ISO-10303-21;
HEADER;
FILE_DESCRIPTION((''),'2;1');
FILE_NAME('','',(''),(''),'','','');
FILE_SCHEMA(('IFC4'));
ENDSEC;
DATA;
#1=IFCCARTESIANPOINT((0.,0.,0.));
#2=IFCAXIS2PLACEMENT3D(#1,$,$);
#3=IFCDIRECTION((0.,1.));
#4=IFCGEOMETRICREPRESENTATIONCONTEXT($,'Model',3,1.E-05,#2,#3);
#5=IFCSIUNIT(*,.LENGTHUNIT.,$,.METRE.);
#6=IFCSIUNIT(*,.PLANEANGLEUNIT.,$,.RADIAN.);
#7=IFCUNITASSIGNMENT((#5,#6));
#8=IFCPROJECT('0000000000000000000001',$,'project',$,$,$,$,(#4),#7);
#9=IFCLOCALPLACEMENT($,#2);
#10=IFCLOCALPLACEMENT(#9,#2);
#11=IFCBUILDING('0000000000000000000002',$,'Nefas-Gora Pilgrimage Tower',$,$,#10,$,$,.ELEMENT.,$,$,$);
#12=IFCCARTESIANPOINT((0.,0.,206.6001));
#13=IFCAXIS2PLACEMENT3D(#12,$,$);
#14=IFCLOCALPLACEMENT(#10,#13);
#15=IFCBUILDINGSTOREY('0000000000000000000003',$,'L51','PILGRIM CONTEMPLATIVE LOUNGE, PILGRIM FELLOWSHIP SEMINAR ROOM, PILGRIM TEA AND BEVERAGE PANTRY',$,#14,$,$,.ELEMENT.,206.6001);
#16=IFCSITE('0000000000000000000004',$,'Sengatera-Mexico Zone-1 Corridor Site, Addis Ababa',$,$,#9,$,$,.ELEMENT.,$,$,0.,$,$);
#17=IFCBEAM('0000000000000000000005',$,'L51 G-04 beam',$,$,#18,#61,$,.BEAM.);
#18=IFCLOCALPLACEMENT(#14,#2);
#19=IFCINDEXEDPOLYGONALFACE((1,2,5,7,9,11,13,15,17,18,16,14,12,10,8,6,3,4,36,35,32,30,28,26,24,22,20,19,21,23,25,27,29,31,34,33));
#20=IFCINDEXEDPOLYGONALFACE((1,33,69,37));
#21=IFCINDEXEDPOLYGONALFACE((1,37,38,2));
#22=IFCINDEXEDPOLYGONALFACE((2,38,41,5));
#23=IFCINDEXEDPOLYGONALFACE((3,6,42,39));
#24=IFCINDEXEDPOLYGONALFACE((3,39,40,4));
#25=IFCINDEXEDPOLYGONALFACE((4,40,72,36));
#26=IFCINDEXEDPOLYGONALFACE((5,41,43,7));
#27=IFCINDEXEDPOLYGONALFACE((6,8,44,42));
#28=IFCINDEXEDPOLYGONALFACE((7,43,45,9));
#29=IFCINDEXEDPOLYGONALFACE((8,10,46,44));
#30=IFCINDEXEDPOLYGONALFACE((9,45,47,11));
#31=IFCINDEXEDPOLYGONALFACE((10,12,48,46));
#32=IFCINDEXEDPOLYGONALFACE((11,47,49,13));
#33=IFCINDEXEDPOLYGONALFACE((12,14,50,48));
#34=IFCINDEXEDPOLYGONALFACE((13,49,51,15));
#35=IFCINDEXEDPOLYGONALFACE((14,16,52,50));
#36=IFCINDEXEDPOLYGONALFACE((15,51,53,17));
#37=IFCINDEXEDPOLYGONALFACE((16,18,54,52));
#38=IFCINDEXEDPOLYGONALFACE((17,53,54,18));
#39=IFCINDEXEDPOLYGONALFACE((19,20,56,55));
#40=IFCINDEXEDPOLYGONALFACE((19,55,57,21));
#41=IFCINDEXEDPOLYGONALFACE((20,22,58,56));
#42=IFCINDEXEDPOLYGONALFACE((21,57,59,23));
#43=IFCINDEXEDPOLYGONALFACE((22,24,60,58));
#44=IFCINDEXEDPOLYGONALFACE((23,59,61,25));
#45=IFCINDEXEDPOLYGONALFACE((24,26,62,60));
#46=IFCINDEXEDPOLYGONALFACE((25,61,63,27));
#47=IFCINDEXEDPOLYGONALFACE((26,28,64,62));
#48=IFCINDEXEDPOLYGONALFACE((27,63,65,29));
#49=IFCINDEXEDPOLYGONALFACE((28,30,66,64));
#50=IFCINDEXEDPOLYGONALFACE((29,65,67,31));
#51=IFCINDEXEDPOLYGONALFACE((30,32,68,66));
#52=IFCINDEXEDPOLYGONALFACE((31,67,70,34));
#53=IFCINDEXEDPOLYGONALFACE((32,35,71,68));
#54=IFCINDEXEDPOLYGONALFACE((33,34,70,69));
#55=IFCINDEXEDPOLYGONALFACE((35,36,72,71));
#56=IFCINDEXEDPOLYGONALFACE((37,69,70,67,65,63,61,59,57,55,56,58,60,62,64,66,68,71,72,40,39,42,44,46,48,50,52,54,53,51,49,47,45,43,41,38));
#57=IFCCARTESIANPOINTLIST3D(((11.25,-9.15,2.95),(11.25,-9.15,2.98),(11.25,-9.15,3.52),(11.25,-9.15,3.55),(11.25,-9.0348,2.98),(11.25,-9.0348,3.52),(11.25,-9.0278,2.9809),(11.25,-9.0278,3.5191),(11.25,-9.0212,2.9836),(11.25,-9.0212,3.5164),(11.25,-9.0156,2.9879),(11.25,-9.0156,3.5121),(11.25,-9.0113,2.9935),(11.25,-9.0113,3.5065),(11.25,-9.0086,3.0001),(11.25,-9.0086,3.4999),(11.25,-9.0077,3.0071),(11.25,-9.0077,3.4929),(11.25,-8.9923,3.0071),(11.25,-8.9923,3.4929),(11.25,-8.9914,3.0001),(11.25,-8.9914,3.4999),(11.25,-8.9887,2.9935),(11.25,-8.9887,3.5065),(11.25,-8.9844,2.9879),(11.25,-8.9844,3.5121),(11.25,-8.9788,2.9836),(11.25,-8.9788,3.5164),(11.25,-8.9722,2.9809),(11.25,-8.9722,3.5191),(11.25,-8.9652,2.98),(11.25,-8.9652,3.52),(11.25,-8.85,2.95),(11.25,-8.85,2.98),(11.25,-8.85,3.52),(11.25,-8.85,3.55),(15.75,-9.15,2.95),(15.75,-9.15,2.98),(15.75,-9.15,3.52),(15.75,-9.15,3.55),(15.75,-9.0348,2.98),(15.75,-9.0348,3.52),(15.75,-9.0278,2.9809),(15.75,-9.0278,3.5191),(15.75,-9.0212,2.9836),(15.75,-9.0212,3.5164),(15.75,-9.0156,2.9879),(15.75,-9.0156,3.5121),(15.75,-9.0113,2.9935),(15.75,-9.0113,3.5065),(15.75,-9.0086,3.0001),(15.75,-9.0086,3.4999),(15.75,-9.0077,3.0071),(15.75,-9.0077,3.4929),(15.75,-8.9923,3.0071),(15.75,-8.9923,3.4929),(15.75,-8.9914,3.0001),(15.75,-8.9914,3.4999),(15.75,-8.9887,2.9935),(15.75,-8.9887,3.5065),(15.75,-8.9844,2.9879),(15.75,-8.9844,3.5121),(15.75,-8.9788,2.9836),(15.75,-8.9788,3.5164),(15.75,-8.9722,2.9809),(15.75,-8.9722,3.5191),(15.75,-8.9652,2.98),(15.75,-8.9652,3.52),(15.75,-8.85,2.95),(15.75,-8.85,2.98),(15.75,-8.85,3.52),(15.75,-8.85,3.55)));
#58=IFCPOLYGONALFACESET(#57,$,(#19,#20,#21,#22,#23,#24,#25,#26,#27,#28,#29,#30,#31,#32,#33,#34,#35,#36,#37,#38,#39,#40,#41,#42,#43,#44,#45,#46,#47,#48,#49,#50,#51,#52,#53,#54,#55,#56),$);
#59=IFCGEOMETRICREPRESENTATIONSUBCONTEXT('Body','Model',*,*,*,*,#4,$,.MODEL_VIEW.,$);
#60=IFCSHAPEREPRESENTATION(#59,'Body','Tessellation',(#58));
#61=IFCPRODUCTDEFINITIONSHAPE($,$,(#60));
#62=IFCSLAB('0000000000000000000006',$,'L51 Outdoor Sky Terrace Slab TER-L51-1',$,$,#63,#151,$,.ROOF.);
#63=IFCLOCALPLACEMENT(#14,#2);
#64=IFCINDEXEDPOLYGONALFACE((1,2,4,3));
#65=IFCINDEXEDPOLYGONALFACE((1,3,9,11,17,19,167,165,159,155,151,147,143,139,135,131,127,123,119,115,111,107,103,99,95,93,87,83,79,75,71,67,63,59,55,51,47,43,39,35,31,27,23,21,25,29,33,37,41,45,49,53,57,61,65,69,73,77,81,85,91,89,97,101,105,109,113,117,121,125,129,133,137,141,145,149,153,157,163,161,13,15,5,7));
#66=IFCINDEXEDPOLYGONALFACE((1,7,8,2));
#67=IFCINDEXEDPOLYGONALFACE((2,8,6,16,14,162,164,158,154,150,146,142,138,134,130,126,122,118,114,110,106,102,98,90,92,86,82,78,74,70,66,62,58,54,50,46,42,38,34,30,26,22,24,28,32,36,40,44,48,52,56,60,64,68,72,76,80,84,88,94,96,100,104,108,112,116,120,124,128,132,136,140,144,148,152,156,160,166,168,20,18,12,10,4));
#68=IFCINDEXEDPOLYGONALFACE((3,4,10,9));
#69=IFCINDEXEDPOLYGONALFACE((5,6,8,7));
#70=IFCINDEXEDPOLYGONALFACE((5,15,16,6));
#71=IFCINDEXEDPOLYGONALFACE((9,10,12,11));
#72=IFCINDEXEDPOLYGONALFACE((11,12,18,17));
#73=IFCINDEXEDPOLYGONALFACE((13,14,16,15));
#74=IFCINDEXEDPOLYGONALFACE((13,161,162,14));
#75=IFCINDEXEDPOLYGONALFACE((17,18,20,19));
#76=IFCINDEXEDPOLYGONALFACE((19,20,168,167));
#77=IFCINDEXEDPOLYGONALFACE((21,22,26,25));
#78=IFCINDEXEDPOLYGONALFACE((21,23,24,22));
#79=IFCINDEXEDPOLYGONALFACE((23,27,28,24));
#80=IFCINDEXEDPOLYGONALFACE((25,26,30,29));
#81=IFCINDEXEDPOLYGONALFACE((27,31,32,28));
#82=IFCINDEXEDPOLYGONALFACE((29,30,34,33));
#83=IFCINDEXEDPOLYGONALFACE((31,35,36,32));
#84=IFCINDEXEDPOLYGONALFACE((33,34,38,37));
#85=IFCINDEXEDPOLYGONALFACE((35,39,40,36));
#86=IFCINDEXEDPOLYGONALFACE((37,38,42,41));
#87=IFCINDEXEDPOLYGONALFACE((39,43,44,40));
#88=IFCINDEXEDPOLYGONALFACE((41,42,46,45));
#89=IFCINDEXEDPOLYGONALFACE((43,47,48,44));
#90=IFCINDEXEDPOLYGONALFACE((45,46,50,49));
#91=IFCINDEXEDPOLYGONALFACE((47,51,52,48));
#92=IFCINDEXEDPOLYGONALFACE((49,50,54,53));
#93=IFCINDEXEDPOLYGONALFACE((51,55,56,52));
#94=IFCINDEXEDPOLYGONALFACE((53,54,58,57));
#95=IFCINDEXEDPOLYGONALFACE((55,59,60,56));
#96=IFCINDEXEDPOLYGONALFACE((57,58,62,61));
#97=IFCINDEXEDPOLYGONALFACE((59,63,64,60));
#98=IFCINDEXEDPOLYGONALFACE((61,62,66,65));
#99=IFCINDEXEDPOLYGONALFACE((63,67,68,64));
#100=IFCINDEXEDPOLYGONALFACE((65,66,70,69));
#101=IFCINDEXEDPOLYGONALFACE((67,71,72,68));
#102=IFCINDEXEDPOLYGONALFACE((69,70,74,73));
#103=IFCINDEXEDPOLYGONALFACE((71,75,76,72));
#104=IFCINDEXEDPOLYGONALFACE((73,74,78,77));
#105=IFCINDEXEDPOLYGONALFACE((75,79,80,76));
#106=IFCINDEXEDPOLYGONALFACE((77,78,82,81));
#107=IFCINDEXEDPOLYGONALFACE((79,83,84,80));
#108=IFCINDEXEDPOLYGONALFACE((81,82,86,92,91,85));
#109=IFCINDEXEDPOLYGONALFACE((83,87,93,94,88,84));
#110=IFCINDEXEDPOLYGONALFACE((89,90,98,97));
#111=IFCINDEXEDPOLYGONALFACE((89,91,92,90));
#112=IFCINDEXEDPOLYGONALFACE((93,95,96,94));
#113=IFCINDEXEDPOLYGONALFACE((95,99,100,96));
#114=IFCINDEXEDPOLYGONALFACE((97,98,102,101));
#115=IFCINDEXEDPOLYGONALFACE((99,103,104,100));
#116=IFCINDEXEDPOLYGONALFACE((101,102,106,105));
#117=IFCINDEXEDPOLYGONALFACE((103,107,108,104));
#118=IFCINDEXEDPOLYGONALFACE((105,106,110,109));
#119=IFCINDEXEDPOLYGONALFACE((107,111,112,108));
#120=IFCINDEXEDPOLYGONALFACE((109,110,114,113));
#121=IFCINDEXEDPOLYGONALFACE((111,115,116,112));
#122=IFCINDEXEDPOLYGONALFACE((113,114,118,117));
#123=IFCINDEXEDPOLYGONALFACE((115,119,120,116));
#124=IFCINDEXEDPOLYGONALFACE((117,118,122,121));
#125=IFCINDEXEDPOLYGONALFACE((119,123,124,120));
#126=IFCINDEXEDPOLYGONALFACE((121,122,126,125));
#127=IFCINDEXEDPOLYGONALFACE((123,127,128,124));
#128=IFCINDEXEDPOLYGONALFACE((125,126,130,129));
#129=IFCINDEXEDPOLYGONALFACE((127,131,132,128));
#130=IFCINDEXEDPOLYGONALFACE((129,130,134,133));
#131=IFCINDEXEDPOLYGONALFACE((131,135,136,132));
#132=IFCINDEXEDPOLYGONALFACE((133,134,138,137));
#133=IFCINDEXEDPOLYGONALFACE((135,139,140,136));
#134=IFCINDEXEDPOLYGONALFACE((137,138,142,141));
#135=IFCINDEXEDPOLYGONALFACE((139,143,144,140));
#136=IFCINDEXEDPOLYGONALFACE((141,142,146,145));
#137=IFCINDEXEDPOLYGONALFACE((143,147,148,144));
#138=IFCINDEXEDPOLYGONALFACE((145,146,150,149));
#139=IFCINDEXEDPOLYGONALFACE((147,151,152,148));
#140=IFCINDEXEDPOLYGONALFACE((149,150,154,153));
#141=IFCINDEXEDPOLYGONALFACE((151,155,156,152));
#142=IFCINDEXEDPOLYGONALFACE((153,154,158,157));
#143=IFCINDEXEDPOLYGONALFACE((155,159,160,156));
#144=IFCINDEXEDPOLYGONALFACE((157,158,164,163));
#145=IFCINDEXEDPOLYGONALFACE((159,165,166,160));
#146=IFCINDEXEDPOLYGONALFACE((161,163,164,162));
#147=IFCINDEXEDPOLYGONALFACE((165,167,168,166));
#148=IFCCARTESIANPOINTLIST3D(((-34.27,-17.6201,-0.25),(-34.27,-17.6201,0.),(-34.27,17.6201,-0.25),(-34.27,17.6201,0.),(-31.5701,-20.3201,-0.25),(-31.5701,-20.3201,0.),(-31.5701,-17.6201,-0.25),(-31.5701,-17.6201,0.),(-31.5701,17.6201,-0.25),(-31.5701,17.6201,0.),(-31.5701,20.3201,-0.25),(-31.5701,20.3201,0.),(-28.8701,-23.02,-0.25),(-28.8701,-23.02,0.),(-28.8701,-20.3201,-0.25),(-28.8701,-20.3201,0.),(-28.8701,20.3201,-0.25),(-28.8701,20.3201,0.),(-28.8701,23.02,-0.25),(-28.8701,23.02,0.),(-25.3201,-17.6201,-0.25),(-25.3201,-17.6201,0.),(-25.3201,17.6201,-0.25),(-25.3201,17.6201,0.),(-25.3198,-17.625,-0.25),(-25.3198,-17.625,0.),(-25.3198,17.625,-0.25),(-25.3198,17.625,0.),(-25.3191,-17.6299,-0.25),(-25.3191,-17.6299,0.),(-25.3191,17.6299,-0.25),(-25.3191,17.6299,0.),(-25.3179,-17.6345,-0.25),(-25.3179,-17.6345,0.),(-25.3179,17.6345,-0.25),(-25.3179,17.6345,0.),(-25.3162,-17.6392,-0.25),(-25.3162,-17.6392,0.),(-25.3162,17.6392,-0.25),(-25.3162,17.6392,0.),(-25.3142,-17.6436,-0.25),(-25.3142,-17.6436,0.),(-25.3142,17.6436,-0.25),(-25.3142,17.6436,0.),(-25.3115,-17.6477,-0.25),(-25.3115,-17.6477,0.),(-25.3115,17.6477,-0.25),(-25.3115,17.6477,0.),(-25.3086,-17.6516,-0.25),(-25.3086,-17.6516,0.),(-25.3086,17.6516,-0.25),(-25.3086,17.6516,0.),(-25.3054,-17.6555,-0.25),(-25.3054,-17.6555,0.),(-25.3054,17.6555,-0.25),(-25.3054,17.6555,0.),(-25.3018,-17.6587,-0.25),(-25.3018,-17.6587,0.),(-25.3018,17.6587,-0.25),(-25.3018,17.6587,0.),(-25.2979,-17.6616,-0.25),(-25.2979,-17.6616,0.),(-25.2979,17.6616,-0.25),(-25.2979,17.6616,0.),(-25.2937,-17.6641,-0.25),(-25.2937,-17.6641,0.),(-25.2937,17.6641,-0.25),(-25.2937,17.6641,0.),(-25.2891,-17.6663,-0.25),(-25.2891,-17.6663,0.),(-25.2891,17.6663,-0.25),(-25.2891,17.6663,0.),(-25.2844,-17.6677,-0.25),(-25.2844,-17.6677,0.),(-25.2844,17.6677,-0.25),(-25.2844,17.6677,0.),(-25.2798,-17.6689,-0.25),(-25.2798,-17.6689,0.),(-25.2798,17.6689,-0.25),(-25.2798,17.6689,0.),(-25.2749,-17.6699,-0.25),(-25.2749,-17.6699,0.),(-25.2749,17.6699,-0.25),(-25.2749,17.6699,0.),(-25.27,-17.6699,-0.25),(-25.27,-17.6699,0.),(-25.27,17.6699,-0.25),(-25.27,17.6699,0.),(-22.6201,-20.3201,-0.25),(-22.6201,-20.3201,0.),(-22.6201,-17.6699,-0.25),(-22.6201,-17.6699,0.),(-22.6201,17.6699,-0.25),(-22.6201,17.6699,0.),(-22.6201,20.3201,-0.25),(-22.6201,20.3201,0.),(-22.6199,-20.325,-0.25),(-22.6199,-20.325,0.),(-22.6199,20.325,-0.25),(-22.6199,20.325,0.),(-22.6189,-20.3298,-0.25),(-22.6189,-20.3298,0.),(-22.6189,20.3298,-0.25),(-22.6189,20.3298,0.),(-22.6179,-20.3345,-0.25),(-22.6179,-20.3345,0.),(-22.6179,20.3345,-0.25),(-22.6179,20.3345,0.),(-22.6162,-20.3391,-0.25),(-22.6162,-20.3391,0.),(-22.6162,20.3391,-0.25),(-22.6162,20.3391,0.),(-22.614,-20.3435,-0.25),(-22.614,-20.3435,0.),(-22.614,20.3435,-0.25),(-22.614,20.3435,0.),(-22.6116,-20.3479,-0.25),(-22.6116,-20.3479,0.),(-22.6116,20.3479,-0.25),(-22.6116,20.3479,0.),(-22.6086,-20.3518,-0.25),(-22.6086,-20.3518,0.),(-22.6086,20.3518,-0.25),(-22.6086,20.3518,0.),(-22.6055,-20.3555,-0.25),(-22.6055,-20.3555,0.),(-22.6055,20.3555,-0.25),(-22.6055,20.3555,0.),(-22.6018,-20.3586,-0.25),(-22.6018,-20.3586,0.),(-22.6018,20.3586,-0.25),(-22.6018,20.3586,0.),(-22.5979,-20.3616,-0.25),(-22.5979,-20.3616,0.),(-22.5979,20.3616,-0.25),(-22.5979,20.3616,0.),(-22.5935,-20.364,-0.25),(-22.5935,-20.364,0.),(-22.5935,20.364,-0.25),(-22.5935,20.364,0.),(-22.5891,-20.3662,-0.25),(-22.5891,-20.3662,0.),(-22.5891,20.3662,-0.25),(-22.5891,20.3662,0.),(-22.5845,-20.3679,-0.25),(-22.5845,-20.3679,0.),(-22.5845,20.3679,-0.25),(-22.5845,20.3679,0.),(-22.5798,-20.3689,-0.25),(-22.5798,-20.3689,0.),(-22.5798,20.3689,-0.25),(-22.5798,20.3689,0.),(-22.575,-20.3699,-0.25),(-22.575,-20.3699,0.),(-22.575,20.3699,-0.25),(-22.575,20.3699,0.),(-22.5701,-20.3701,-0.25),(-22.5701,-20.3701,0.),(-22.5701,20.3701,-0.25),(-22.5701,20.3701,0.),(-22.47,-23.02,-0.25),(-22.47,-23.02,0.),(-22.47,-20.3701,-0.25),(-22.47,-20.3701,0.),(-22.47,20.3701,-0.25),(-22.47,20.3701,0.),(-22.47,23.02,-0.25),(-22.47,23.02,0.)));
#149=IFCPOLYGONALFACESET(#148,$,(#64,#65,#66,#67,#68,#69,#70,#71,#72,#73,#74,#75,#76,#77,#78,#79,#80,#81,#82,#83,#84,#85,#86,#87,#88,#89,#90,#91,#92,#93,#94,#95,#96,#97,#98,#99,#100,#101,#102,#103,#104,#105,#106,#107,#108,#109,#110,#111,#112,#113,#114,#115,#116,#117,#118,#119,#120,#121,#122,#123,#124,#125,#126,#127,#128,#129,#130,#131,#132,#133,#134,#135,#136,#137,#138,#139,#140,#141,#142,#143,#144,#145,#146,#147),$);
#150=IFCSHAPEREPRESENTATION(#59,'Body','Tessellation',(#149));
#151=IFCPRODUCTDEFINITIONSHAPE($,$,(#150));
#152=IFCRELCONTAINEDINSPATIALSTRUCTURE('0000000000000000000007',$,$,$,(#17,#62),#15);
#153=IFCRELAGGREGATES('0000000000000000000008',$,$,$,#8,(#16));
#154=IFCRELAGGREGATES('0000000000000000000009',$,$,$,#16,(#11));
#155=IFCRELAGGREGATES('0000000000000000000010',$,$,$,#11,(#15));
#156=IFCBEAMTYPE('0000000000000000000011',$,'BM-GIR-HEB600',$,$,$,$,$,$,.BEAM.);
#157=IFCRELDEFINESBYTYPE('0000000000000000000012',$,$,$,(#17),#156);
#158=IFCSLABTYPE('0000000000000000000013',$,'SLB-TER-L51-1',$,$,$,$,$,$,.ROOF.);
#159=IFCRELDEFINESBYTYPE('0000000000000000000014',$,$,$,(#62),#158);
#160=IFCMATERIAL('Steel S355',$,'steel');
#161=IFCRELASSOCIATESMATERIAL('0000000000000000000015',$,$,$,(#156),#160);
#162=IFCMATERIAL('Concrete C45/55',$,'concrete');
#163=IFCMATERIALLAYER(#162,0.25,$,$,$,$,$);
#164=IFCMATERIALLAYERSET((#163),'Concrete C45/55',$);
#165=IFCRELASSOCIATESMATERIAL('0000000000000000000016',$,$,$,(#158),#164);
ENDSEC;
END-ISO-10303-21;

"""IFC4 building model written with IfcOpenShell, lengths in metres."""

from ifc_helpers import new_model, si_unit, direction, frame, origin, origin_2d, place, context, subcontext, project, spatial, polyline, i_section, outline, extrude, source, transform, mapped, material, layer, layer_set, material_profile, profile_set, type_object, element, save


model = new_model("IFC4")

# Units and contexts
model_context = context("Model", 3, precision=1e-05, world=origin(), true_north=direction((0.0, 1.0)))
body_context = subcontext(model_context, "Body", "Model", "MODEL_VIEW")
ifc_project = project(units=[si_unit("LENGTHUNIT", "METRE"), si_unit("PLANEANGLEUNIT", "RADIAN")], contexts=[model_context])

# Site, building, storey
site_placement = place(None, origin())
site = spatial("IfcSite", under=ifc_project, at=site_placement, Name="Sengatera-Mexico Zone-1 Corridor Site, Addis Ababa", CompositionType="ELEMENT", RefElevation=0.0)
building_placement = place(site_placement, origin())
building = spatial("IfcBuilding", under=site, at=building_placement, Name="Nefas-Gora Pilgrimage Tower", CompositionType="ELEMENT")
storey_placement = place(building_placement, frame((0.0, 0.0, 206.6001)))
storey = spatial("IfcBuildingStorey", under=building, at=storey_placement, Name="L51", Description="PILGRIM CONTEMPLATIVE LOUNGE, PILGRIM FELLOWSHIP SEMINAR ROOM, PILGRIM TEA AND BEVERAGE PANTRY", CompositionType="ELEMENT", Elevation=206.6001)

# Beam
ifc_material_1 = material(Name="Steel S355", Category="steel")
ifc_material_profile = material_profile(ifc_material_1, i_section(OverallWidth=0.3, OverallDepth=0.6001, WebThickness=0.0154, FlangeThickness=0.03, FilletRadius=0.0271, at=origin_2d()), Name="HEB 600")
ifc_profile_set = profile_set([ifc_material_profile], Name="Steel S355")
beam_type = type_object("IfcBeamType", Name="BM-GIR-HEB600", PredefinedType="BEAM", material=ifc_profile_set)
shared_shape_1 = source(origin(), body_context, "Body", "SweptSolid", [
    extrude(i_section(OverallWidth=0.3, OverallDepth=0.6001, WebThickness=0.0154, FlangeThickness=0.03, FilletRadius=0.0271, at=origin_2d()), origin(), (0.0, 0.0, 1.0), 4.5),
])
beam_placement = place(storey_placement, frame((11.25, -9.0, 3.25), z_axis=(1.0, 0.0, 0.0), x_axis=(0.0, 1.0, 0.0)))
element("IfcBeam", 1, at=beam_placement, inside=storey, type_object=beam_type, Name="L51 G-04 beam", PredefinedType="BEAM", context=body_context, shape_type="MappedRepresentation", body=[
    mapped(shared_shape_1, transform((0.0, 0.0, 0.0), x_axis=(1.0, 0.0, 0.0), y_axis=(0.0, 1.0, 0.0), z_axis=(0.0, 0.0, 1.0), scale=1.0)),
])

# Slab
ifc_material_2 = material(Name="Concrete C45/55", Category="concrete")
ifc_layer_1 = layer(ifc_material_2, 0.25)
ifc_layer_set_1 = layer_set([ifc_layer_1], Name="Concrete C45/55")
slab_type_1 = type_object("IfcSlabType", Name="SLB-TER-L51-1", PredefinedType="ROOF", material=ifc_layer_set_1)
slab_1_placement = place(storey_placement, frame((0.0, 0.0, -0.25)))
element("IfcSlab", 2, at=slab_1_placement, inside=storey, type_object=slab_type_1, Name="L51 Outdoor Sky Terrace Slab TER-L51-1", PredefinedType="ROOF", context=body_context, shape_type="SweptSolid", body=[
    extrude(outline(polyline([(-28.8701, -23.02), (-22.47, -23.02), (-22.47, -20.3701), (-22.5701, -20.3701), (-22.575, -20.3699), (-22.5798, -20.3689), (-22.5845, -20.3679), (-22.5891, -20.3662), (-22.5935, -20.364), (-22.5979, -20.3616), (-22.6018, -20.3586), (-22.6055, -20.3555), (-22.6086, -20.3518), (-22.6116, -20.3479), (-22.614, -20.3435), (-22.6162, -20.3391), (-22.6179, -20.3345), (-22.6189, -20.3298), (-22.6199, -20.325), (-22.6201, -20.3201), (-22.6201, -17.6699), (-25.27, -17.6699), (-25.2749, -17.6699), (-25.2798, -17.6689), (-25.2844, -17.6677), (-25.2891, -17.6663), (-25.2937, -17.6641), (-25.2979, -17.6616), (-25.3018, -17.6587), (-25.3054, -17.6555), (-25.3086, -17.6516), (-25.3115, -17.6477), (-25.3142, -17.6436), (-25.3162, -17.6392), (-25.3179, -17.6345), (-25.3191, -17.6299), (-25.3198, -17.625), (-25.3201, -17.6201), (-25.3201, 17.6201), (-25.3198, 17.625), (-25.3191, 17.6299), (-25.3179, 17.6345), (-25.3162, 17.6392), (-25.3142, 17.6436), (-25.3115, 17.6477), (-25.3086, 17.6516), (-25.3054, 17.6555), (-25.3018, 17.6587), (-25.2979, 17.6616), (-25.2937, 17.6641), (-25.2891, 17.6663), (-25.2844, 17.6677), (-25.2798, 17.6689), (-25.2749, 17.6699), (-25.27, 17.6699), (-22.6201, 17.6699), (-22.6201, 20.3201), (-22.6199, 20.325), (-22.6189, 20.3298), (-22.6179, 20.3345), (-22.6162, 20.3391), (-22.614, 20.3435), (-22.6116, 20.3479), (-22.6086, 20.3518), (-22.6055, 20.3555), (-22.6018, 20.3586), (-22.5979, 20.3616), (-22.5935, 20.364), (-22.5891, 20.3662), (-22.5845, 20.3679), (-22.5798, 20.3689), (-22.575, 20.3699), (-22.5701, 20.3701), (-22.47, 20.3701), (-22.47, 23.02), (-28.8701, 23.02), (-28.8701, 20.3201), (-31.5701, 20.3201), (-31.5701, 17.6201), (-34.27, 17.6201), (-34.27, -17.6201), (-31.5701, -17.6201), (-31.5701, -20.3201), (-28.8701, -20.3201), (-28.8701, -23.02)])), origin(), (0.0, 0.0, 1.0), 0.25),
])

save(model, "model.ifc")
